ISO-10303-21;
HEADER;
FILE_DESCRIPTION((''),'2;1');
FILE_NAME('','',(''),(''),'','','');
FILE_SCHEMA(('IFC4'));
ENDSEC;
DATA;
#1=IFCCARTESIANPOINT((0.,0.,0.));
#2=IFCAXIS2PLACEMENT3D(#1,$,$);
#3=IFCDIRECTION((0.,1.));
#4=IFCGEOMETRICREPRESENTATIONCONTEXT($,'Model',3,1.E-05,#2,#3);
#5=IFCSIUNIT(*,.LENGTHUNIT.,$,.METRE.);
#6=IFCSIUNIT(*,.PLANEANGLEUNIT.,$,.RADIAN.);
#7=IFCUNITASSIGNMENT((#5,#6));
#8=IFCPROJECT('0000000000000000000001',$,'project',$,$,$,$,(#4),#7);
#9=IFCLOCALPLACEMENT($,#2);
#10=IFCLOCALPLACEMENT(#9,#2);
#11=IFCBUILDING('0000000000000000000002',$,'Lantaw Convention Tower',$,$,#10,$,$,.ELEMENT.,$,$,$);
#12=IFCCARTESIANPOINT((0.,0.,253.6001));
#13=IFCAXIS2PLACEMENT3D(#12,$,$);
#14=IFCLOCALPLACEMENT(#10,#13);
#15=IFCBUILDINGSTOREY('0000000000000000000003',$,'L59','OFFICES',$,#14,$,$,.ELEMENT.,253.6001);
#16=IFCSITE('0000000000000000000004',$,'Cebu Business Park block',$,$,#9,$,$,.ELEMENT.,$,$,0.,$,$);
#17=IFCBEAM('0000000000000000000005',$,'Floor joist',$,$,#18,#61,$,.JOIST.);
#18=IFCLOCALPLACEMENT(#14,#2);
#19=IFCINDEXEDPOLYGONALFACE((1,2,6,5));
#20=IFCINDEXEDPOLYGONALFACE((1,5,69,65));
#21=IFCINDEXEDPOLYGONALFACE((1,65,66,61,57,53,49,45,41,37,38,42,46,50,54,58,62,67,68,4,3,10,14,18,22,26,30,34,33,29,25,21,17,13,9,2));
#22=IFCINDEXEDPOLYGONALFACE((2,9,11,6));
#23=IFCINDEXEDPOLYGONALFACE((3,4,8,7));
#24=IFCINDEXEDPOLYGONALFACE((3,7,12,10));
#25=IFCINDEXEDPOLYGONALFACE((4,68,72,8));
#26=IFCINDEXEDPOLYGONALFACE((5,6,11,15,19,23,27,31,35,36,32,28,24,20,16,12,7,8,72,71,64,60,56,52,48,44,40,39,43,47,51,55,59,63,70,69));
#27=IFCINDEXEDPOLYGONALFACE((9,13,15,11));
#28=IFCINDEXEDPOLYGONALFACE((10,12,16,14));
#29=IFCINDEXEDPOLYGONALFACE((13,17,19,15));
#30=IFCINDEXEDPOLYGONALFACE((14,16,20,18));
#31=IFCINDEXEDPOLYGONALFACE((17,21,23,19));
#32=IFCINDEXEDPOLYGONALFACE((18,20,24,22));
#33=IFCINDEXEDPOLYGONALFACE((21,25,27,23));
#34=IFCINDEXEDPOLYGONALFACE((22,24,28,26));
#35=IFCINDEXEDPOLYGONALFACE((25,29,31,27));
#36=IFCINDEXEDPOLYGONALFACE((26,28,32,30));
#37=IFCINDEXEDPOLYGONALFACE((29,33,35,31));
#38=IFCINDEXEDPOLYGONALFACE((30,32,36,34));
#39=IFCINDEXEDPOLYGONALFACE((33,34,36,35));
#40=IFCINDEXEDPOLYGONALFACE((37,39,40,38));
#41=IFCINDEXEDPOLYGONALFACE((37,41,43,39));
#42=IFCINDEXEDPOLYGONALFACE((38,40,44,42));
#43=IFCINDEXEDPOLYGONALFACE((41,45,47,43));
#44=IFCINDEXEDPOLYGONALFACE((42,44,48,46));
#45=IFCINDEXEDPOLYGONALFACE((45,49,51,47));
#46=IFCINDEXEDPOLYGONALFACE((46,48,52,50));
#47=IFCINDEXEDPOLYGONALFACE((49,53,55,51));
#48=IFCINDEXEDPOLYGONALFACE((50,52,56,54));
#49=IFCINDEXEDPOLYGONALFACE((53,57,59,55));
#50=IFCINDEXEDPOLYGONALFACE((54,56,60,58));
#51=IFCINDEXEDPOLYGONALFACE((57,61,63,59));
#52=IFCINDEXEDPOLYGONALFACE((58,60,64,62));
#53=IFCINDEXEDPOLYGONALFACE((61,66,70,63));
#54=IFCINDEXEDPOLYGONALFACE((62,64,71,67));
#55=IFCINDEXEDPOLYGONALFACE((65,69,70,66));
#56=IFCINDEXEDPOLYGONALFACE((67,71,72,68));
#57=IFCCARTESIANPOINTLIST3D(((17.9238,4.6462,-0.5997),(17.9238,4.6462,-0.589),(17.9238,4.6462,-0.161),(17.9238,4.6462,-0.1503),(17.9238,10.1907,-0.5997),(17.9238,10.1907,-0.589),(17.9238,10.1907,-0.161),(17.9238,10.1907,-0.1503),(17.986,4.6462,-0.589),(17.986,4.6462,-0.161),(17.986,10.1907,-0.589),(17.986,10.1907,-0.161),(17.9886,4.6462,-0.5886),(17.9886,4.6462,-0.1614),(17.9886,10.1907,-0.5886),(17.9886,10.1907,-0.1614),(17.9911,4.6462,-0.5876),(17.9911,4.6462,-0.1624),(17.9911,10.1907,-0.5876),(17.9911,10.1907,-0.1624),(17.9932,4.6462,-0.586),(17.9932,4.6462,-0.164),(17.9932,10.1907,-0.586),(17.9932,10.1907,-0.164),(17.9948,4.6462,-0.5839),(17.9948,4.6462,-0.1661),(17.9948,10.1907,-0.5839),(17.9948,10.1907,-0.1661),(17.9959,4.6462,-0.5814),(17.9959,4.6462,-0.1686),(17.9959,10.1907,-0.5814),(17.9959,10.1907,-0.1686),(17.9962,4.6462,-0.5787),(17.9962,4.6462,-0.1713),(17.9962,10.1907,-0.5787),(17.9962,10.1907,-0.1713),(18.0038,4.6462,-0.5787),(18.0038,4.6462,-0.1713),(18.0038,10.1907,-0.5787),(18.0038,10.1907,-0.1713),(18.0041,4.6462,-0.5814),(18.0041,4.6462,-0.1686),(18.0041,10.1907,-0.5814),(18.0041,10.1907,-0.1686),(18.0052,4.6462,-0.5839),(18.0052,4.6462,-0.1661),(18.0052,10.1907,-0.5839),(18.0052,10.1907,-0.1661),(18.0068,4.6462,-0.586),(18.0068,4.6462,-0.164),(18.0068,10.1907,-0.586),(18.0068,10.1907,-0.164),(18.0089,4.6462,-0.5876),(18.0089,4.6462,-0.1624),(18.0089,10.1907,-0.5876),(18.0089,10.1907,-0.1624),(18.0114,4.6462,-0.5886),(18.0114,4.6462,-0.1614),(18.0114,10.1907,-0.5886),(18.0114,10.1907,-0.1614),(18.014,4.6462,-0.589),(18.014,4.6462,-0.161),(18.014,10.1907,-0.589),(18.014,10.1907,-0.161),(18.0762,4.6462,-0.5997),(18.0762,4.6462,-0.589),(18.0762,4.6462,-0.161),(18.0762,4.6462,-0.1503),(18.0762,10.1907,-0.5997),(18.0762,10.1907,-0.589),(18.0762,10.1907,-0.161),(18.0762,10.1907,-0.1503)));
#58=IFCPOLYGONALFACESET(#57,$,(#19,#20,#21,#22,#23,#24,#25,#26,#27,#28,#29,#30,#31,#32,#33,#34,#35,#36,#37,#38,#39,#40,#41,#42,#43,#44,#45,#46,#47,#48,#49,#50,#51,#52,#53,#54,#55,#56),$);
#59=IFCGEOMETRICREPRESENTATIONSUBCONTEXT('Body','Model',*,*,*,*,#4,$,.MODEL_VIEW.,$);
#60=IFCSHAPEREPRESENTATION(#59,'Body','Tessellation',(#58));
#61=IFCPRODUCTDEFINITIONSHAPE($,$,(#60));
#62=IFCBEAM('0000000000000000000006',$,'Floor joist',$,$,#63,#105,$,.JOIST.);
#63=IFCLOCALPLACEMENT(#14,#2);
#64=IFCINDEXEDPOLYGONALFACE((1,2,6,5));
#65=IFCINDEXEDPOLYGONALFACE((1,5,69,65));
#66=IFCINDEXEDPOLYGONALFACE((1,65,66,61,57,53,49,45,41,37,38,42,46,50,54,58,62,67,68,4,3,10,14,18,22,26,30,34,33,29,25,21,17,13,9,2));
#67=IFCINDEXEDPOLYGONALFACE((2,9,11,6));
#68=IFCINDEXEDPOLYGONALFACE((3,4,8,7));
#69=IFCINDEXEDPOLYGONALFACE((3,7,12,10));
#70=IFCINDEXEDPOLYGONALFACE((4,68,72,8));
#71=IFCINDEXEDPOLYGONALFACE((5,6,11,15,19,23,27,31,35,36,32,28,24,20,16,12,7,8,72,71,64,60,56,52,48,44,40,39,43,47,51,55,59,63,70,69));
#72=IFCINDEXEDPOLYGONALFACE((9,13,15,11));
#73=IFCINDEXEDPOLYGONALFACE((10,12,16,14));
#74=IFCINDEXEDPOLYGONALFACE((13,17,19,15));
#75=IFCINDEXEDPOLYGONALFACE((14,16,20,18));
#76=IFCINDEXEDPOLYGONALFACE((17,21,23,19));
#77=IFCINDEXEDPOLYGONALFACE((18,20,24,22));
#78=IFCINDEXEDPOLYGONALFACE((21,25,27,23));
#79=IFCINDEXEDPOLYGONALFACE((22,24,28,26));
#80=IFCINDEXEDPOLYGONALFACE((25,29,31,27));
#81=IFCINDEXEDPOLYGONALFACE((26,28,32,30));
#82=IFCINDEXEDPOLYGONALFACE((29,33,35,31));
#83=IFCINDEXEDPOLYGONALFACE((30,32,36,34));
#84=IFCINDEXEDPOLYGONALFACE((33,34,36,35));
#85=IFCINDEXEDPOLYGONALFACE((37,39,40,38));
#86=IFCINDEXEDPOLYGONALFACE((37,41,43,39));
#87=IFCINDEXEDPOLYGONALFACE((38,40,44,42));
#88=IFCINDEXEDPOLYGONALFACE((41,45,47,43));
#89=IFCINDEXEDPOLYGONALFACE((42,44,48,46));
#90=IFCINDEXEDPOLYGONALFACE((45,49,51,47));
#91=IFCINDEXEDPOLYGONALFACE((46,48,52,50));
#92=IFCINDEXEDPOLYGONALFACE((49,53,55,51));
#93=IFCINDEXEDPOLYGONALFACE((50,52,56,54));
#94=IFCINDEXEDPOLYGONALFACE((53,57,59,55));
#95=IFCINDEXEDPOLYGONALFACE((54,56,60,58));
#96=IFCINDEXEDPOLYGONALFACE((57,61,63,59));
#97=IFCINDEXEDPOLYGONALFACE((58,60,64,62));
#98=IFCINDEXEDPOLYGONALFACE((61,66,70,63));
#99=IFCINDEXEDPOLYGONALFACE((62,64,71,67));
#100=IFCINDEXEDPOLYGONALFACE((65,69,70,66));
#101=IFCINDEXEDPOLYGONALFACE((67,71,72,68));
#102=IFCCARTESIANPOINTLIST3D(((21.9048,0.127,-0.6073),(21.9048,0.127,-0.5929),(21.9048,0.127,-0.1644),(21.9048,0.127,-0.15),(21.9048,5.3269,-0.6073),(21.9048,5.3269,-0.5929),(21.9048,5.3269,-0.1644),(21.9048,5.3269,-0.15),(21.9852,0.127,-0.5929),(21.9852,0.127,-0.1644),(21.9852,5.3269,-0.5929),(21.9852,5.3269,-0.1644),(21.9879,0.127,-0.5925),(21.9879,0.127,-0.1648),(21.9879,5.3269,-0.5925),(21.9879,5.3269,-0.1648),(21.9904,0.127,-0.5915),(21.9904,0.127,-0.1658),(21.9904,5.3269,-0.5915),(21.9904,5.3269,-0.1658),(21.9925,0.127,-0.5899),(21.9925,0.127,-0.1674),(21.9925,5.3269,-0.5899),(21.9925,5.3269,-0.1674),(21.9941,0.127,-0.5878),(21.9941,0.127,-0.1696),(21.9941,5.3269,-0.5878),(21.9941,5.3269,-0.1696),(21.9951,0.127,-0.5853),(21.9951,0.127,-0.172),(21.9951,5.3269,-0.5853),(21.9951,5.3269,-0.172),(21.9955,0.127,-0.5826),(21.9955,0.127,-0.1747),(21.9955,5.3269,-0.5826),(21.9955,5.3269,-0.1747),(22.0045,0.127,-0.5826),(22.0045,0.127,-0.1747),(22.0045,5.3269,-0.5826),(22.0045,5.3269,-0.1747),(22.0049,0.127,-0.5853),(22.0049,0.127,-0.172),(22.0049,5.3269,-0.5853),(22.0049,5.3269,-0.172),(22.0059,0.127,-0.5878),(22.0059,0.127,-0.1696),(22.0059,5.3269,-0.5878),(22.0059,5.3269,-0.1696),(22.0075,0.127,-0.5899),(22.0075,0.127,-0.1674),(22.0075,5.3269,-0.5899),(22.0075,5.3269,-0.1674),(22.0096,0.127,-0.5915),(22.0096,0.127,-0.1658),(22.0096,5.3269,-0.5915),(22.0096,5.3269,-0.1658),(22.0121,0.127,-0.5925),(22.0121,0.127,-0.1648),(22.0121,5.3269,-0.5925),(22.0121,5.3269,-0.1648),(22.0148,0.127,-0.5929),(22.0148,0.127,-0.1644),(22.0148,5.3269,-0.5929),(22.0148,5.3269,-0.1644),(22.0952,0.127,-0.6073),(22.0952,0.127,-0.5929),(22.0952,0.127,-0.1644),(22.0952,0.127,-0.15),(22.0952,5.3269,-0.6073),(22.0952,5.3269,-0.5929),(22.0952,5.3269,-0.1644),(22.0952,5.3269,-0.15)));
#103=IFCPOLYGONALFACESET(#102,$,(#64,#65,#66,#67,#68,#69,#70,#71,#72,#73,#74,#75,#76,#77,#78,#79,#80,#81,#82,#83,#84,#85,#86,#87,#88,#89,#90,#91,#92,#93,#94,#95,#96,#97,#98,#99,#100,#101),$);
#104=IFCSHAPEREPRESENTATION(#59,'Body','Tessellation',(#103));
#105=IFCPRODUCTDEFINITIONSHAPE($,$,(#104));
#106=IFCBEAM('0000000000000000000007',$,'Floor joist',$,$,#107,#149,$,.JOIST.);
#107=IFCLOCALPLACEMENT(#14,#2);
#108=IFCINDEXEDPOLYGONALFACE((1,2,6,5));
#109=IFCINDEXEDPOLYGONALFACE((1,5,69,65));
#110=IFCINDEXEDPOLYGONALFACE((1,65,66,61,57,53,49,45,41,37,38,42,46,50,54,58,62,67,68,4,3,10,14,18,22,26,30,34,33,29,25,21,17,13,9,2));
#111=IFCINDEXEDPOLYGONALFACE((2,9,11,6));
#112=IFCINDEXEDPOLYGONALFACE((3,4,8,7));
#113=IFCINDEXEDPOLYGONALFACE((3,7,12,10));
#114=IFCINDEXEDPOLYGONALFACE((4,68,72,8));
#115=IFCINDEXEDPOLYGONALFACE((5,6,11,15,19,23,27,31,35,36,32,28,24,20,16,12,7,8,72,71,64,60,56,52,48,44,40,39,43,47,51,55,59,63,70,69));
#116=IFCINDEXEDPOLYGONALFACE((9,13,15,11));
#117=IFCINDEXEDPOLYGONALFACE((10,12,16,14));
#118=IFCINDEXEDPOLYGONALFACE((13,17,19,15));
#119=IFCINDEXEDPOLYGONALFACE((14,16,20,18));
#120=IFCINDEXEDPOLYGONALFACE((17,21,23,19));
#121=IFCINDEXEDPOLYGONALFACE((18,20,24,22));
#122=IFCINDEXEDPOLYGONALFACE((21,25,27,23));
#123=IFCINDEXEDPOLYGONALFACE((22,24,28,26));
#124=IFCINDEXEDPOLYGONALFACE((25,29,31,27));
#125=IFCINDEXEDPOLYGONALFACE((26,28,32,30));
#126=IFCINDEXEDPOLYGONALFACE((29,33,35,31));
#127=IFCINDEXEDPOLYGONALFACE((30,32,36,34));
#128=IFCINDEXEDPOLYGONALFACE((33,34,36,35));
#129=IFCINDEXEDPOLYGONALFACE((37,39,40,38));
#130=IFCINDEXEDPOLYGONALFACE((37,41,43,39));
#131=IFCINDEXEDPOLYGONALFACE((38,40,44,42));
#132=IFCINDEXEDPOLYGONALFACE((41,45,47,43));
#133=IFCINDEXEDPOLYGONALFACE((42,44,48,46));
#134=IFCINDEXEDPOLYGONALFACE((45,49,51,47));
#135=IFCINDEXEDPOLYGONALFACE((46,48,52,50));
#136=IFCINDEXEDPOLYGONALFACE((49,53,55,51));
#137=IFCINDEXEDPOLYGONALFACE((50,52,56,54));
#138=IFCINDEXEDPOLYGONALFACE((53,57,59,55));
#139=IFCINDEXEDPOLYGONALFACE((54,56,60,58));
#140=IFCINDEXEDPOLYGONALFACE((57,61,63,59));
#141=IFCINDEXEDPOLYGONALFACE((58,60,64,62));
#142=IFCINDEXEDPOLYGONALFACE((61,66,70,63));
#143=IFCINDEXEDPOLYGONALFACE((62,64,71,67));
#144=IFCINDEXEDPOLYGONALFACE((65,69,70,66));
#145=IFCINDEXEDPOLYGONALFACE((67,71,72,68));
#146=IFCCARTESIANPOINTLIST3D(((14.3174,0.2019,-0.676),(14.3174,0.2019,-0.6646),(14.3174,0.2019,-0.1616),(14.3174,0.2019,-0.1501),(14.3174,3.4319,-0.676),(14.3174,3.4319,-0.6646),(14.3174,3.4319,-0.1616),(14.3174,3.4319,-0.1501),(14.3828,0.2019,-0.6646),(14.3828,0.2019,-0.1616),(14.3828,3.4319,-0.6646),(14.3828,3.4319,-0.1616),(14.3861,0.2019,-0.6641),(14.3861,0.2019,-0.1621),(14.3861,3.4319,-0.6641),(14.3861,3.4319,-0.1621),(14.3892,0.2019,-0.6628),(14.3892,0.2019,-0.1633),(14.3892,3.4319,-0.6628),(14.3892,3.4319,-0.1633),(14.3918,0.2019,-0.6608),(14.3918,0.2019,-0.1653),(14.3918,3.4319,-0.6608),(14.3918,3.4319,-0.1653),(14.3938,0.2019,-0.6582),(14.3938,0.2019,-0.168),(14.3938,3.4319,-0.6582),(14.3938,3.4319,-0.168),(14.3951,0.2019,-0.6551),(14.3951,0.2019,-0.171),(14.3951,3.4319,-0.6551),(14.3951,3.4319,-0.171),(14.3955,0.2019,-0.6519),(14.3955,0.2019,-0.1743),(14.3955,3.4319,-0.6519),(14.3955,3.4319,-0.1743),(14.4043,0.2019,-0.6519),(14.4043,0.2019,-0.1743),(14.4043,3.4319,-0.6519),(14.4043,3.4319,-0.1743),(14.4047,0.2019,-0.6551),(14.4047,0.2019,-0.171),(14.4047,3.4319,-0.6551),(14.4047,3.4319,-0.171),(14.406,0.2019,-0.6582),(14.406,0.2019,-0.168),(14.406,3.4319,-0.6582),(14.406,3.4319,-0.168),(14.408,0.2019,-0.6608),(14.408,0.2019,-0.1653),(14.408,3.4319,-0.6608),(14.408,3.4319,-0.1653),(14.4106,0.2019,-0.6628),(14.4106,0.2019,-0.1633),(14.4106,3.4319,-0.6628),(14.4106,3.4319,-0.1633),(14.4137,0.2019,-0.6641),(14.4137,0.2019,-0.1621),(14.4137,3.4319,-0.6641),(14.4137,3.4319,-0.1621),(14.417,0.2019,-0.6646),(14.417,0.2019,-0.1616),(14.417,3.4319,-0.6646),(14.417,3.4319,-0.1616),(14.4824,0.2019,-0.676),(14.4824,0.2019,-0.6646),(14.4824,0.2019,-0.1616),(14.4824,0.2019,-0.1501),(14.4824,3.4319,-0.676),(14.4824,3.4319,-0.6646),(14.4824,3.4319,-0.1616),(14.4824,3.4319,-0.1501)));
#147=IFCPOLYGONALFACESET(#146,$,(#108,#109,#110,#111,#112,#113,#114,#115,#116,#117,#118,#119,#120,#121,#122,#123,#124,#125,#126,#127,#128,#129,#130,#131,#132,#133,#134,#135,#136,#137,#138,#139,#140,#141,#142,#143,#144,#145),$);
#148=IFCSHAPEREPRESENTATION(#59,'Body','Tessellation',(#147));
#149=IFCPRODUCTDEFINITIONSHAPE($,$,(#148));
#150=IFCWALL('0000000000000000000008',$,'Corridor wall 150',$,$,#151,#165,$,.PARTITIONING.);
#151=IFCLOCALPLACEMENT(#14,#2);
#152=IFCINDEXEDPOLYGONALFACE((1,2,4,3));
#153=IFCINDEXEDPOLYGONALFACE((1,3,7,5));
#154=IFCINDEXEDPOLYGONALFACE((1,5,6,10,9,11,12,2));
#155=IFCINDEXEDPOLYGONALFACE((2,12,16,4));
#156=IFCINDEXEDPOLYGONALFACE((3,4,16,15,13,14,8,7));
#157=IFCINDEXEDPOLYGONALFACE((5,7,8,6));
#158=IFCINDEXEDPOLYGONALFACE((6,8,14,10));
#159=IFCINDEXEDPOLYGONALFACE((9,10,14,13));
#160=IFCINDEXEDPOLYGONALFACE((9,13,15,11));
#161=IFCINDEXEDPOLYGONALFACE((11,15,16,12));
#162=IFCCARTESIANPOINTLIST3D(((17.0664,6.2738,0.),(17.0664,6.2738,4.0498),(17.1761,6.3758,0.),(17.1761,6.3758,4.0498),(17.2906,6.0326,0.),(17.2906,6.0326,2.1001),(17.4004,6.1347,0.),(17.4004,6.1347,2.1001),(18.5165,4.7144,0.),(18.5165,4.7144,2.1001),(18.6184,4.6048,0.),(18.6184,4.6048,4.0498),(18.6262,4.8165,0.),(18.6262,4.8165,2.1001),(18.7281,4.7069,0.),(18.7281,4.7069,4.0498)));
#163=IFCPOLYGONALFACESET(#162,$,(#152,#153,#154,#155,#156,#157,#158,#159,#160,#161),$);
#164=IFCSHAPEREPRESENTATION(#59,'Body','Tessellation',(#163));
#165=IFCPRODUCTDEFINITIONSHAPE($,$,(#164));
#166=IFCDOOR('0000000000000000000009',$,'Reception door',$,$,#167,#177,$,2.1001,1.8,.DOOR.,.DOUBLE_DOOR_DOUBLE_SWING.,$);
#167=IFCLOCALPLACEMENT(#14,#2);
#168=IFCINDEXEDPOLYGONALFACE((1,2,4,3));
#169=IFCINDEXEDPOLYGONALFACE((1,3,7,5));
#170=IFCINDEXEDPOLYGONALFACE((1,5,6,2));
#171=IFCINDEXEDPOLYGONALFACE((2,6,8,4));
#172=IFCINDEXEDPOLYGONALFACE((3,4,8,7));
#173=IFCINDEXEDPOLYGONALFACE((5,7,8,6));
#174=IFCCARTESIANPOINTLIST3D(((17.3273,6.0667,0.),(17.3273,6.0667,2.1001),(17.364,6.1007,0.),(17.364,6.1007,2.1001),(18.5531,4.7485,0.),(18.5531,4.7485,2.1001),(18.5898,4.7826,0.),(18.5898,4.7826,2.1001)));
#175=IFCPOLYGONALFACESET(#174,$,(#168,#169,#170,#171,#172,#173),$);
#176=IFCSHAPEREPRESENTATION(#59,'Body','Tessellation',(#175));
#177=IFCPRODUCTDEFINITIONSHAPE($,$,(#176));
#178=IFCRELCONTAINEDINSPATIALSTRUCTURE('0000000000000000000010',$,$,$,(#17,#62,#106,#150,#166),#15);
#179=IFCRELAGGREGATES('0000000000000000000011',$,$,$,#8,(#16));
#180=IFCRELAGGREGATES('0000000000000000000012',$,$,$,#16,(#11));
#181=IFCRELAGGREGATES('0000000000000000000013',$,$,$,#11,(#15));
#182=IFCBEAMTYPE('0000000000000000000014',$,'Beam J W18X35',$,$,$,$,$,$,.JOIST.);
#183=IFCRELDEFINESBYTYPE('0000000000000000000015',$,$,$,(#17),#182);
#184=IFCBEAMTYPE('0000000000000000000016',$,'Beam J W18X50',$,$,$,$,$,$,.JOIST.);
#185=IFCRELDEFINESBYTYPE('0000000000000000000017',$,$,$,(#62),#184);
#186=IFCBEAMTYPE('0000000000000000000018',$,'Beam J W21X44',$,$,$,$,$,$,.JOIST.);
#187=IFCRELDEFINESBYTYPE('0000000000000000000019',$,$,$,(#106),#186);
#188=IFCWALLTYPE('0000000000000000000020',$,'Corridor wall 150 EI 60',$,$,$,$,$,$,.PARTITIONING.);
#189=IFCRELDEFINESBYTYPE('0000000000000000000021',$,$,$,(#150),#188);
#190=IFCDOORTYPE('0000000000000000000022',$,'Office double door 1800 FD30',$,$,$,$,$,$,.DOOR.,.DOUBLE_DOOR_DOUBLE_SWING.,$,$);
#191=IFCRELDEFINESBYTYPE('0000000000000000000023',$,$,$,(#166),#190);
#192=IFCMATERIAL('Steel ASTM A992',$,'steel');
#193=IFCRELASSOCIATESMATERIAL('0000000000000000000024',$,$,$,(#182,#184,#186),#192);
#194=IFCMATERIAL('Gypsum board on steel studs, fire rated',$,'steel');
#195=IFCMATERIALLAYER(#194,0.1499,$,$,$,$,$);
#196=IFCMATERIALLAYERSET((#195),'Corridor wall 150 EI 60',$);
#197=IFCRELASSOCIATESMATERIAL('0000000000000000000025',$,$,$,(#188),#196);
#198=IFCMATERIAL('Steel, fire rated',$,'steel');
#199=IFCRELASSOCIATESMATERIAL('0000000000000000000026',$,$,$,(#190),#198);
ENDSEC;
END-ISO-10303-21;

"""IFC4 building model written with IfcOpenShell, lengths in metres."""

from ifc_helpers import new_model, si_unit, direction, frame, frame_2d, origin, origin_2d, place, context, subcontext, project, spatial, rectangle, i_section, extrude, material, layer, layer_set, material_profile, profile_set, type_object, element, fill, save


model = new_model("IFC4")

# Units and contexts
model_context = context("Model", 3, precision=1e-05, world=origin(), true_north=direction((0.0, 1.0)))
body_context = subcontext(model_context, "Body", "Model", "MODEL_VIEW")
ifc_project = project(units=[si_unit("LENGTHUNIT", "METRE"), si_unit("PLANEANGLEUNIT", "RADIAN")], contexts=[model_context])

# Site, building, storey
site_placement = place(None, origin())
site = spatial("IfcSite", under=ifc_project, at=site_placement, Name="Cebu Business Park block", CompositionType="ELEMENT", RefElevation=0.0)
building_placement = place(site_placement, origin())
building = spatial("IfcBuilding", under=site, at=building_placement, Name="Lantaw Convention Tower", CompositionType="ELEMENT")
storey_placement = place(building_placement, frame((0.0, 0.0, 253.6001)))
storey = spatial("IfcBuildingStorey", under=building, at=storey_placement, Name="L59", Description="OFFICES", CompositionType="ELEMENT", Elevation=253.6001)

# Beams
ifc_material_1 = material(Name="Steel ASTM A992", Category="steel")
ifc_material_profile_1 = material_profile(ifc_material_1, i_section(OverallWidth=0.1523, OverallDepth=0.4495, WebThickness=0.0076, FlangeThickness=0.0107, FilletRadius=0.0103, at=origin_2d()), Name="W18X35")
ifc_profile_set_1 = profile_set([ifc_material_profile_1], Name="Steel ASTM A992")
beam_type_1 = type_object("IfcBeamType", Name="Beam J W18X35", PredefinedType="JOIST", material=ifc_profile_set_1)
beam_1_placement = place(storey_placement, frame((18.0, 4.6462, -0.375), z_axis=(0.0, 1.0, 0.0), x_axis=(-1.0, 0.0, 0.0)))
element("IfcBeam", 1, at=beam_1_placement, inside=storey, type_object=beam_type_1, Name="Floor joist", PredefinedType="JOIST", context=body_context, shape_type="SweptSolid", body=[
    extrude(i_section(OverallWidth=0.1523, OverallDepth=0.4495, WebThickness=0.0076, FlangeThickness=0.0107, FilletRadius=0.0103, at=origin_2d()), origin(), (0.0, 0.0, 1.0), 5.5444),
])
ifc_material_profile_2 = material_profile(ifc_material_1, i_section(OverallWidth=0.1904, OverallDepth=0.4573, WebThickness=0.009, FlangeThickness=0.0144, FilletRadius=0.0103, at=origin_2d()), Name="W18X50")
ifc_profile_set_2 = profile_set([ifc_material_profile_2], Name="Steel ASTM A992")
beam_type_2 = type_object("IfcBeamType", Name="Beam J W18X50", PredefinedType="JOIST", material=ifc_profile_set_2)
beam_2_placement = place(storey_placement, frame((22.0, 0.127, -0.3787), z_axis=(0.0, 1.0, 0.0), x_axis=(-1.0, 0.0, 0.0)))
element("IfcBeam", 2, at=beam_2_placement, inside=storey, type_object=beam_type_2, Name="Floor joist", PredefinedType="JOIST", context=body_context, shape_type="SweptSolid", body=[
    extrude(i_section(OverallWidth=0.1904, OverallDepth=0.4573, WebThickness=0.009, FlangeThickness=0.0144, FilletRadius=0.0103, at=origin_2d()), origin(), (0.0, 0.0, 1.0), 5.2),
])
ifc_material_profile_3 = material_profile(ifc_material_1, i_section(OverallWidth=0.165, OverallDepth=0.5259, WebThickness=0.0088, FlangeThickness=0.0115, FilletRadius=0.0127, at=origin_2d()), Name="W21X44")
ifc_profile_set_3 = profile_set([ifc_material_profile_3], Name="Steel ASTM A992")
beam_type_3 = type_object("IfcBeamType", Name="Beam J W21X44", PredefinedType="JOIST", material=ifc_profile_set_3)
beam_3_placement = place(storey_placement, frame((14.3999, 0.2019, -0.4131), z_axis=(0.0, 1.0, 0.0), x_axis=(-1.0, 0.0, 0.0)))
element("IfcBeam", 3, at=beam_3_placement, inside=storey, type_object=beam_type_3, Name="Floor joist", PredefinedType="JOIST", context=body_context, shape_type="SweptSolid", body=[
    extrude(i_section(OverallWidth=0.165, OverallDepth=0.5259, WebThickness=0.0088, FlangeThickness=0.0115, FilletRadius=0.0127, at=origin_2d()), origin(), (0.0, 0.0, 1.0), 3.23),
])

# Wall, opening, door
ifc_material_2 = material(Name="Gypsum board on steel studs, fire rated", Category="steel")
ifc_layer_1 = layer(ifc_material_2, 0.1499)
ifc_layer_set_1 = layer_set([ifc_layer_1], Name="Corridor wall 150 EI 60")
wall_type_1 = type_object("IfcWallType", Name="Corridor wall 150 EI 60", PredefinedType="PARTITIONING", material=ifc_layer_set_1)
wall_1_placement = place(storey_placement, frame((18.6733, 4.6558, 0.0), z_axis=(0.0, 0.0, 1.0), x_axis=(-0.680985, 0.732297, 0.0)))
wall_1 = element("IfcWall", 4, at=wall_1_placement, inside=storey, type_object=wall_type_1, Name="Corridor wall 150", PredefinedType="PARTITIONING", context=body_context, shape_type="SweptSolid", body=[
    extrude(rectangle(XDim=2.2791, YDim=0.1499, at=frame_2d((1.1396, 0.0))), origin(), (0.0, 0.0, 1.0), 4.0498),
])
opening_1_placement = place(wall_1_placement, frame((0.1499, 0.0, 0.0)))
opening_1 = element("IfcOpeningElement", 5, at=opening_1_placement, cuts=wall_1, PredefinedType="OPENING", context=body_context, shape_type="SweptSolid", body=[
    extrude(rectangle(XDim=1.8, YDim=2.1001, at=frame_2d((0.8999, 1.05))), frame((0.0, 0.085, 0.0), z_axis=(0.0, -1.0, 0.0), x_axis=(1.0, 0.0, 0.0)), (0.0, 0.0, 1.0), 0.1699),
])
ifc_material_3 = material(Name="Steel, fire rated", Category="steel")
door_type_1 = type_object("IfcDoorType", Name="Office double door 1800 FD30", OperationType="DOUBLE_DOOR_DOUBLE_SWING", PredefinedType="DOOR", material=ifc_material_3)
door_1_placement = place(opening_1_placement, origin())
door_1 = element("IfcDoor", 6, at=door_1_placement, inside=storey, type_object=door_type_1, Name="Reception door", OperationType="DOUBLE_DOOR_DOUBLE_SWING", OverallHeight=2.1001, OverallWidth=1.8, PredefinedType="DOOR", context=body_context, shape_type="SweptSolid", body=[
    extrude(rectangle(XDim=1.8, YDim=2.1001, at=frame_2d((0.8999, 1.05))), frame((0.0, 0.0249, 0.0), z_axis=(0.0, -1.0, 0.0), x_axis=(1.0, 0.0, 0.0)), (0.0, 0.0, 1.0), 0.05),
])
fill(opening_1, door_1)

save(model, "model.ifc")
